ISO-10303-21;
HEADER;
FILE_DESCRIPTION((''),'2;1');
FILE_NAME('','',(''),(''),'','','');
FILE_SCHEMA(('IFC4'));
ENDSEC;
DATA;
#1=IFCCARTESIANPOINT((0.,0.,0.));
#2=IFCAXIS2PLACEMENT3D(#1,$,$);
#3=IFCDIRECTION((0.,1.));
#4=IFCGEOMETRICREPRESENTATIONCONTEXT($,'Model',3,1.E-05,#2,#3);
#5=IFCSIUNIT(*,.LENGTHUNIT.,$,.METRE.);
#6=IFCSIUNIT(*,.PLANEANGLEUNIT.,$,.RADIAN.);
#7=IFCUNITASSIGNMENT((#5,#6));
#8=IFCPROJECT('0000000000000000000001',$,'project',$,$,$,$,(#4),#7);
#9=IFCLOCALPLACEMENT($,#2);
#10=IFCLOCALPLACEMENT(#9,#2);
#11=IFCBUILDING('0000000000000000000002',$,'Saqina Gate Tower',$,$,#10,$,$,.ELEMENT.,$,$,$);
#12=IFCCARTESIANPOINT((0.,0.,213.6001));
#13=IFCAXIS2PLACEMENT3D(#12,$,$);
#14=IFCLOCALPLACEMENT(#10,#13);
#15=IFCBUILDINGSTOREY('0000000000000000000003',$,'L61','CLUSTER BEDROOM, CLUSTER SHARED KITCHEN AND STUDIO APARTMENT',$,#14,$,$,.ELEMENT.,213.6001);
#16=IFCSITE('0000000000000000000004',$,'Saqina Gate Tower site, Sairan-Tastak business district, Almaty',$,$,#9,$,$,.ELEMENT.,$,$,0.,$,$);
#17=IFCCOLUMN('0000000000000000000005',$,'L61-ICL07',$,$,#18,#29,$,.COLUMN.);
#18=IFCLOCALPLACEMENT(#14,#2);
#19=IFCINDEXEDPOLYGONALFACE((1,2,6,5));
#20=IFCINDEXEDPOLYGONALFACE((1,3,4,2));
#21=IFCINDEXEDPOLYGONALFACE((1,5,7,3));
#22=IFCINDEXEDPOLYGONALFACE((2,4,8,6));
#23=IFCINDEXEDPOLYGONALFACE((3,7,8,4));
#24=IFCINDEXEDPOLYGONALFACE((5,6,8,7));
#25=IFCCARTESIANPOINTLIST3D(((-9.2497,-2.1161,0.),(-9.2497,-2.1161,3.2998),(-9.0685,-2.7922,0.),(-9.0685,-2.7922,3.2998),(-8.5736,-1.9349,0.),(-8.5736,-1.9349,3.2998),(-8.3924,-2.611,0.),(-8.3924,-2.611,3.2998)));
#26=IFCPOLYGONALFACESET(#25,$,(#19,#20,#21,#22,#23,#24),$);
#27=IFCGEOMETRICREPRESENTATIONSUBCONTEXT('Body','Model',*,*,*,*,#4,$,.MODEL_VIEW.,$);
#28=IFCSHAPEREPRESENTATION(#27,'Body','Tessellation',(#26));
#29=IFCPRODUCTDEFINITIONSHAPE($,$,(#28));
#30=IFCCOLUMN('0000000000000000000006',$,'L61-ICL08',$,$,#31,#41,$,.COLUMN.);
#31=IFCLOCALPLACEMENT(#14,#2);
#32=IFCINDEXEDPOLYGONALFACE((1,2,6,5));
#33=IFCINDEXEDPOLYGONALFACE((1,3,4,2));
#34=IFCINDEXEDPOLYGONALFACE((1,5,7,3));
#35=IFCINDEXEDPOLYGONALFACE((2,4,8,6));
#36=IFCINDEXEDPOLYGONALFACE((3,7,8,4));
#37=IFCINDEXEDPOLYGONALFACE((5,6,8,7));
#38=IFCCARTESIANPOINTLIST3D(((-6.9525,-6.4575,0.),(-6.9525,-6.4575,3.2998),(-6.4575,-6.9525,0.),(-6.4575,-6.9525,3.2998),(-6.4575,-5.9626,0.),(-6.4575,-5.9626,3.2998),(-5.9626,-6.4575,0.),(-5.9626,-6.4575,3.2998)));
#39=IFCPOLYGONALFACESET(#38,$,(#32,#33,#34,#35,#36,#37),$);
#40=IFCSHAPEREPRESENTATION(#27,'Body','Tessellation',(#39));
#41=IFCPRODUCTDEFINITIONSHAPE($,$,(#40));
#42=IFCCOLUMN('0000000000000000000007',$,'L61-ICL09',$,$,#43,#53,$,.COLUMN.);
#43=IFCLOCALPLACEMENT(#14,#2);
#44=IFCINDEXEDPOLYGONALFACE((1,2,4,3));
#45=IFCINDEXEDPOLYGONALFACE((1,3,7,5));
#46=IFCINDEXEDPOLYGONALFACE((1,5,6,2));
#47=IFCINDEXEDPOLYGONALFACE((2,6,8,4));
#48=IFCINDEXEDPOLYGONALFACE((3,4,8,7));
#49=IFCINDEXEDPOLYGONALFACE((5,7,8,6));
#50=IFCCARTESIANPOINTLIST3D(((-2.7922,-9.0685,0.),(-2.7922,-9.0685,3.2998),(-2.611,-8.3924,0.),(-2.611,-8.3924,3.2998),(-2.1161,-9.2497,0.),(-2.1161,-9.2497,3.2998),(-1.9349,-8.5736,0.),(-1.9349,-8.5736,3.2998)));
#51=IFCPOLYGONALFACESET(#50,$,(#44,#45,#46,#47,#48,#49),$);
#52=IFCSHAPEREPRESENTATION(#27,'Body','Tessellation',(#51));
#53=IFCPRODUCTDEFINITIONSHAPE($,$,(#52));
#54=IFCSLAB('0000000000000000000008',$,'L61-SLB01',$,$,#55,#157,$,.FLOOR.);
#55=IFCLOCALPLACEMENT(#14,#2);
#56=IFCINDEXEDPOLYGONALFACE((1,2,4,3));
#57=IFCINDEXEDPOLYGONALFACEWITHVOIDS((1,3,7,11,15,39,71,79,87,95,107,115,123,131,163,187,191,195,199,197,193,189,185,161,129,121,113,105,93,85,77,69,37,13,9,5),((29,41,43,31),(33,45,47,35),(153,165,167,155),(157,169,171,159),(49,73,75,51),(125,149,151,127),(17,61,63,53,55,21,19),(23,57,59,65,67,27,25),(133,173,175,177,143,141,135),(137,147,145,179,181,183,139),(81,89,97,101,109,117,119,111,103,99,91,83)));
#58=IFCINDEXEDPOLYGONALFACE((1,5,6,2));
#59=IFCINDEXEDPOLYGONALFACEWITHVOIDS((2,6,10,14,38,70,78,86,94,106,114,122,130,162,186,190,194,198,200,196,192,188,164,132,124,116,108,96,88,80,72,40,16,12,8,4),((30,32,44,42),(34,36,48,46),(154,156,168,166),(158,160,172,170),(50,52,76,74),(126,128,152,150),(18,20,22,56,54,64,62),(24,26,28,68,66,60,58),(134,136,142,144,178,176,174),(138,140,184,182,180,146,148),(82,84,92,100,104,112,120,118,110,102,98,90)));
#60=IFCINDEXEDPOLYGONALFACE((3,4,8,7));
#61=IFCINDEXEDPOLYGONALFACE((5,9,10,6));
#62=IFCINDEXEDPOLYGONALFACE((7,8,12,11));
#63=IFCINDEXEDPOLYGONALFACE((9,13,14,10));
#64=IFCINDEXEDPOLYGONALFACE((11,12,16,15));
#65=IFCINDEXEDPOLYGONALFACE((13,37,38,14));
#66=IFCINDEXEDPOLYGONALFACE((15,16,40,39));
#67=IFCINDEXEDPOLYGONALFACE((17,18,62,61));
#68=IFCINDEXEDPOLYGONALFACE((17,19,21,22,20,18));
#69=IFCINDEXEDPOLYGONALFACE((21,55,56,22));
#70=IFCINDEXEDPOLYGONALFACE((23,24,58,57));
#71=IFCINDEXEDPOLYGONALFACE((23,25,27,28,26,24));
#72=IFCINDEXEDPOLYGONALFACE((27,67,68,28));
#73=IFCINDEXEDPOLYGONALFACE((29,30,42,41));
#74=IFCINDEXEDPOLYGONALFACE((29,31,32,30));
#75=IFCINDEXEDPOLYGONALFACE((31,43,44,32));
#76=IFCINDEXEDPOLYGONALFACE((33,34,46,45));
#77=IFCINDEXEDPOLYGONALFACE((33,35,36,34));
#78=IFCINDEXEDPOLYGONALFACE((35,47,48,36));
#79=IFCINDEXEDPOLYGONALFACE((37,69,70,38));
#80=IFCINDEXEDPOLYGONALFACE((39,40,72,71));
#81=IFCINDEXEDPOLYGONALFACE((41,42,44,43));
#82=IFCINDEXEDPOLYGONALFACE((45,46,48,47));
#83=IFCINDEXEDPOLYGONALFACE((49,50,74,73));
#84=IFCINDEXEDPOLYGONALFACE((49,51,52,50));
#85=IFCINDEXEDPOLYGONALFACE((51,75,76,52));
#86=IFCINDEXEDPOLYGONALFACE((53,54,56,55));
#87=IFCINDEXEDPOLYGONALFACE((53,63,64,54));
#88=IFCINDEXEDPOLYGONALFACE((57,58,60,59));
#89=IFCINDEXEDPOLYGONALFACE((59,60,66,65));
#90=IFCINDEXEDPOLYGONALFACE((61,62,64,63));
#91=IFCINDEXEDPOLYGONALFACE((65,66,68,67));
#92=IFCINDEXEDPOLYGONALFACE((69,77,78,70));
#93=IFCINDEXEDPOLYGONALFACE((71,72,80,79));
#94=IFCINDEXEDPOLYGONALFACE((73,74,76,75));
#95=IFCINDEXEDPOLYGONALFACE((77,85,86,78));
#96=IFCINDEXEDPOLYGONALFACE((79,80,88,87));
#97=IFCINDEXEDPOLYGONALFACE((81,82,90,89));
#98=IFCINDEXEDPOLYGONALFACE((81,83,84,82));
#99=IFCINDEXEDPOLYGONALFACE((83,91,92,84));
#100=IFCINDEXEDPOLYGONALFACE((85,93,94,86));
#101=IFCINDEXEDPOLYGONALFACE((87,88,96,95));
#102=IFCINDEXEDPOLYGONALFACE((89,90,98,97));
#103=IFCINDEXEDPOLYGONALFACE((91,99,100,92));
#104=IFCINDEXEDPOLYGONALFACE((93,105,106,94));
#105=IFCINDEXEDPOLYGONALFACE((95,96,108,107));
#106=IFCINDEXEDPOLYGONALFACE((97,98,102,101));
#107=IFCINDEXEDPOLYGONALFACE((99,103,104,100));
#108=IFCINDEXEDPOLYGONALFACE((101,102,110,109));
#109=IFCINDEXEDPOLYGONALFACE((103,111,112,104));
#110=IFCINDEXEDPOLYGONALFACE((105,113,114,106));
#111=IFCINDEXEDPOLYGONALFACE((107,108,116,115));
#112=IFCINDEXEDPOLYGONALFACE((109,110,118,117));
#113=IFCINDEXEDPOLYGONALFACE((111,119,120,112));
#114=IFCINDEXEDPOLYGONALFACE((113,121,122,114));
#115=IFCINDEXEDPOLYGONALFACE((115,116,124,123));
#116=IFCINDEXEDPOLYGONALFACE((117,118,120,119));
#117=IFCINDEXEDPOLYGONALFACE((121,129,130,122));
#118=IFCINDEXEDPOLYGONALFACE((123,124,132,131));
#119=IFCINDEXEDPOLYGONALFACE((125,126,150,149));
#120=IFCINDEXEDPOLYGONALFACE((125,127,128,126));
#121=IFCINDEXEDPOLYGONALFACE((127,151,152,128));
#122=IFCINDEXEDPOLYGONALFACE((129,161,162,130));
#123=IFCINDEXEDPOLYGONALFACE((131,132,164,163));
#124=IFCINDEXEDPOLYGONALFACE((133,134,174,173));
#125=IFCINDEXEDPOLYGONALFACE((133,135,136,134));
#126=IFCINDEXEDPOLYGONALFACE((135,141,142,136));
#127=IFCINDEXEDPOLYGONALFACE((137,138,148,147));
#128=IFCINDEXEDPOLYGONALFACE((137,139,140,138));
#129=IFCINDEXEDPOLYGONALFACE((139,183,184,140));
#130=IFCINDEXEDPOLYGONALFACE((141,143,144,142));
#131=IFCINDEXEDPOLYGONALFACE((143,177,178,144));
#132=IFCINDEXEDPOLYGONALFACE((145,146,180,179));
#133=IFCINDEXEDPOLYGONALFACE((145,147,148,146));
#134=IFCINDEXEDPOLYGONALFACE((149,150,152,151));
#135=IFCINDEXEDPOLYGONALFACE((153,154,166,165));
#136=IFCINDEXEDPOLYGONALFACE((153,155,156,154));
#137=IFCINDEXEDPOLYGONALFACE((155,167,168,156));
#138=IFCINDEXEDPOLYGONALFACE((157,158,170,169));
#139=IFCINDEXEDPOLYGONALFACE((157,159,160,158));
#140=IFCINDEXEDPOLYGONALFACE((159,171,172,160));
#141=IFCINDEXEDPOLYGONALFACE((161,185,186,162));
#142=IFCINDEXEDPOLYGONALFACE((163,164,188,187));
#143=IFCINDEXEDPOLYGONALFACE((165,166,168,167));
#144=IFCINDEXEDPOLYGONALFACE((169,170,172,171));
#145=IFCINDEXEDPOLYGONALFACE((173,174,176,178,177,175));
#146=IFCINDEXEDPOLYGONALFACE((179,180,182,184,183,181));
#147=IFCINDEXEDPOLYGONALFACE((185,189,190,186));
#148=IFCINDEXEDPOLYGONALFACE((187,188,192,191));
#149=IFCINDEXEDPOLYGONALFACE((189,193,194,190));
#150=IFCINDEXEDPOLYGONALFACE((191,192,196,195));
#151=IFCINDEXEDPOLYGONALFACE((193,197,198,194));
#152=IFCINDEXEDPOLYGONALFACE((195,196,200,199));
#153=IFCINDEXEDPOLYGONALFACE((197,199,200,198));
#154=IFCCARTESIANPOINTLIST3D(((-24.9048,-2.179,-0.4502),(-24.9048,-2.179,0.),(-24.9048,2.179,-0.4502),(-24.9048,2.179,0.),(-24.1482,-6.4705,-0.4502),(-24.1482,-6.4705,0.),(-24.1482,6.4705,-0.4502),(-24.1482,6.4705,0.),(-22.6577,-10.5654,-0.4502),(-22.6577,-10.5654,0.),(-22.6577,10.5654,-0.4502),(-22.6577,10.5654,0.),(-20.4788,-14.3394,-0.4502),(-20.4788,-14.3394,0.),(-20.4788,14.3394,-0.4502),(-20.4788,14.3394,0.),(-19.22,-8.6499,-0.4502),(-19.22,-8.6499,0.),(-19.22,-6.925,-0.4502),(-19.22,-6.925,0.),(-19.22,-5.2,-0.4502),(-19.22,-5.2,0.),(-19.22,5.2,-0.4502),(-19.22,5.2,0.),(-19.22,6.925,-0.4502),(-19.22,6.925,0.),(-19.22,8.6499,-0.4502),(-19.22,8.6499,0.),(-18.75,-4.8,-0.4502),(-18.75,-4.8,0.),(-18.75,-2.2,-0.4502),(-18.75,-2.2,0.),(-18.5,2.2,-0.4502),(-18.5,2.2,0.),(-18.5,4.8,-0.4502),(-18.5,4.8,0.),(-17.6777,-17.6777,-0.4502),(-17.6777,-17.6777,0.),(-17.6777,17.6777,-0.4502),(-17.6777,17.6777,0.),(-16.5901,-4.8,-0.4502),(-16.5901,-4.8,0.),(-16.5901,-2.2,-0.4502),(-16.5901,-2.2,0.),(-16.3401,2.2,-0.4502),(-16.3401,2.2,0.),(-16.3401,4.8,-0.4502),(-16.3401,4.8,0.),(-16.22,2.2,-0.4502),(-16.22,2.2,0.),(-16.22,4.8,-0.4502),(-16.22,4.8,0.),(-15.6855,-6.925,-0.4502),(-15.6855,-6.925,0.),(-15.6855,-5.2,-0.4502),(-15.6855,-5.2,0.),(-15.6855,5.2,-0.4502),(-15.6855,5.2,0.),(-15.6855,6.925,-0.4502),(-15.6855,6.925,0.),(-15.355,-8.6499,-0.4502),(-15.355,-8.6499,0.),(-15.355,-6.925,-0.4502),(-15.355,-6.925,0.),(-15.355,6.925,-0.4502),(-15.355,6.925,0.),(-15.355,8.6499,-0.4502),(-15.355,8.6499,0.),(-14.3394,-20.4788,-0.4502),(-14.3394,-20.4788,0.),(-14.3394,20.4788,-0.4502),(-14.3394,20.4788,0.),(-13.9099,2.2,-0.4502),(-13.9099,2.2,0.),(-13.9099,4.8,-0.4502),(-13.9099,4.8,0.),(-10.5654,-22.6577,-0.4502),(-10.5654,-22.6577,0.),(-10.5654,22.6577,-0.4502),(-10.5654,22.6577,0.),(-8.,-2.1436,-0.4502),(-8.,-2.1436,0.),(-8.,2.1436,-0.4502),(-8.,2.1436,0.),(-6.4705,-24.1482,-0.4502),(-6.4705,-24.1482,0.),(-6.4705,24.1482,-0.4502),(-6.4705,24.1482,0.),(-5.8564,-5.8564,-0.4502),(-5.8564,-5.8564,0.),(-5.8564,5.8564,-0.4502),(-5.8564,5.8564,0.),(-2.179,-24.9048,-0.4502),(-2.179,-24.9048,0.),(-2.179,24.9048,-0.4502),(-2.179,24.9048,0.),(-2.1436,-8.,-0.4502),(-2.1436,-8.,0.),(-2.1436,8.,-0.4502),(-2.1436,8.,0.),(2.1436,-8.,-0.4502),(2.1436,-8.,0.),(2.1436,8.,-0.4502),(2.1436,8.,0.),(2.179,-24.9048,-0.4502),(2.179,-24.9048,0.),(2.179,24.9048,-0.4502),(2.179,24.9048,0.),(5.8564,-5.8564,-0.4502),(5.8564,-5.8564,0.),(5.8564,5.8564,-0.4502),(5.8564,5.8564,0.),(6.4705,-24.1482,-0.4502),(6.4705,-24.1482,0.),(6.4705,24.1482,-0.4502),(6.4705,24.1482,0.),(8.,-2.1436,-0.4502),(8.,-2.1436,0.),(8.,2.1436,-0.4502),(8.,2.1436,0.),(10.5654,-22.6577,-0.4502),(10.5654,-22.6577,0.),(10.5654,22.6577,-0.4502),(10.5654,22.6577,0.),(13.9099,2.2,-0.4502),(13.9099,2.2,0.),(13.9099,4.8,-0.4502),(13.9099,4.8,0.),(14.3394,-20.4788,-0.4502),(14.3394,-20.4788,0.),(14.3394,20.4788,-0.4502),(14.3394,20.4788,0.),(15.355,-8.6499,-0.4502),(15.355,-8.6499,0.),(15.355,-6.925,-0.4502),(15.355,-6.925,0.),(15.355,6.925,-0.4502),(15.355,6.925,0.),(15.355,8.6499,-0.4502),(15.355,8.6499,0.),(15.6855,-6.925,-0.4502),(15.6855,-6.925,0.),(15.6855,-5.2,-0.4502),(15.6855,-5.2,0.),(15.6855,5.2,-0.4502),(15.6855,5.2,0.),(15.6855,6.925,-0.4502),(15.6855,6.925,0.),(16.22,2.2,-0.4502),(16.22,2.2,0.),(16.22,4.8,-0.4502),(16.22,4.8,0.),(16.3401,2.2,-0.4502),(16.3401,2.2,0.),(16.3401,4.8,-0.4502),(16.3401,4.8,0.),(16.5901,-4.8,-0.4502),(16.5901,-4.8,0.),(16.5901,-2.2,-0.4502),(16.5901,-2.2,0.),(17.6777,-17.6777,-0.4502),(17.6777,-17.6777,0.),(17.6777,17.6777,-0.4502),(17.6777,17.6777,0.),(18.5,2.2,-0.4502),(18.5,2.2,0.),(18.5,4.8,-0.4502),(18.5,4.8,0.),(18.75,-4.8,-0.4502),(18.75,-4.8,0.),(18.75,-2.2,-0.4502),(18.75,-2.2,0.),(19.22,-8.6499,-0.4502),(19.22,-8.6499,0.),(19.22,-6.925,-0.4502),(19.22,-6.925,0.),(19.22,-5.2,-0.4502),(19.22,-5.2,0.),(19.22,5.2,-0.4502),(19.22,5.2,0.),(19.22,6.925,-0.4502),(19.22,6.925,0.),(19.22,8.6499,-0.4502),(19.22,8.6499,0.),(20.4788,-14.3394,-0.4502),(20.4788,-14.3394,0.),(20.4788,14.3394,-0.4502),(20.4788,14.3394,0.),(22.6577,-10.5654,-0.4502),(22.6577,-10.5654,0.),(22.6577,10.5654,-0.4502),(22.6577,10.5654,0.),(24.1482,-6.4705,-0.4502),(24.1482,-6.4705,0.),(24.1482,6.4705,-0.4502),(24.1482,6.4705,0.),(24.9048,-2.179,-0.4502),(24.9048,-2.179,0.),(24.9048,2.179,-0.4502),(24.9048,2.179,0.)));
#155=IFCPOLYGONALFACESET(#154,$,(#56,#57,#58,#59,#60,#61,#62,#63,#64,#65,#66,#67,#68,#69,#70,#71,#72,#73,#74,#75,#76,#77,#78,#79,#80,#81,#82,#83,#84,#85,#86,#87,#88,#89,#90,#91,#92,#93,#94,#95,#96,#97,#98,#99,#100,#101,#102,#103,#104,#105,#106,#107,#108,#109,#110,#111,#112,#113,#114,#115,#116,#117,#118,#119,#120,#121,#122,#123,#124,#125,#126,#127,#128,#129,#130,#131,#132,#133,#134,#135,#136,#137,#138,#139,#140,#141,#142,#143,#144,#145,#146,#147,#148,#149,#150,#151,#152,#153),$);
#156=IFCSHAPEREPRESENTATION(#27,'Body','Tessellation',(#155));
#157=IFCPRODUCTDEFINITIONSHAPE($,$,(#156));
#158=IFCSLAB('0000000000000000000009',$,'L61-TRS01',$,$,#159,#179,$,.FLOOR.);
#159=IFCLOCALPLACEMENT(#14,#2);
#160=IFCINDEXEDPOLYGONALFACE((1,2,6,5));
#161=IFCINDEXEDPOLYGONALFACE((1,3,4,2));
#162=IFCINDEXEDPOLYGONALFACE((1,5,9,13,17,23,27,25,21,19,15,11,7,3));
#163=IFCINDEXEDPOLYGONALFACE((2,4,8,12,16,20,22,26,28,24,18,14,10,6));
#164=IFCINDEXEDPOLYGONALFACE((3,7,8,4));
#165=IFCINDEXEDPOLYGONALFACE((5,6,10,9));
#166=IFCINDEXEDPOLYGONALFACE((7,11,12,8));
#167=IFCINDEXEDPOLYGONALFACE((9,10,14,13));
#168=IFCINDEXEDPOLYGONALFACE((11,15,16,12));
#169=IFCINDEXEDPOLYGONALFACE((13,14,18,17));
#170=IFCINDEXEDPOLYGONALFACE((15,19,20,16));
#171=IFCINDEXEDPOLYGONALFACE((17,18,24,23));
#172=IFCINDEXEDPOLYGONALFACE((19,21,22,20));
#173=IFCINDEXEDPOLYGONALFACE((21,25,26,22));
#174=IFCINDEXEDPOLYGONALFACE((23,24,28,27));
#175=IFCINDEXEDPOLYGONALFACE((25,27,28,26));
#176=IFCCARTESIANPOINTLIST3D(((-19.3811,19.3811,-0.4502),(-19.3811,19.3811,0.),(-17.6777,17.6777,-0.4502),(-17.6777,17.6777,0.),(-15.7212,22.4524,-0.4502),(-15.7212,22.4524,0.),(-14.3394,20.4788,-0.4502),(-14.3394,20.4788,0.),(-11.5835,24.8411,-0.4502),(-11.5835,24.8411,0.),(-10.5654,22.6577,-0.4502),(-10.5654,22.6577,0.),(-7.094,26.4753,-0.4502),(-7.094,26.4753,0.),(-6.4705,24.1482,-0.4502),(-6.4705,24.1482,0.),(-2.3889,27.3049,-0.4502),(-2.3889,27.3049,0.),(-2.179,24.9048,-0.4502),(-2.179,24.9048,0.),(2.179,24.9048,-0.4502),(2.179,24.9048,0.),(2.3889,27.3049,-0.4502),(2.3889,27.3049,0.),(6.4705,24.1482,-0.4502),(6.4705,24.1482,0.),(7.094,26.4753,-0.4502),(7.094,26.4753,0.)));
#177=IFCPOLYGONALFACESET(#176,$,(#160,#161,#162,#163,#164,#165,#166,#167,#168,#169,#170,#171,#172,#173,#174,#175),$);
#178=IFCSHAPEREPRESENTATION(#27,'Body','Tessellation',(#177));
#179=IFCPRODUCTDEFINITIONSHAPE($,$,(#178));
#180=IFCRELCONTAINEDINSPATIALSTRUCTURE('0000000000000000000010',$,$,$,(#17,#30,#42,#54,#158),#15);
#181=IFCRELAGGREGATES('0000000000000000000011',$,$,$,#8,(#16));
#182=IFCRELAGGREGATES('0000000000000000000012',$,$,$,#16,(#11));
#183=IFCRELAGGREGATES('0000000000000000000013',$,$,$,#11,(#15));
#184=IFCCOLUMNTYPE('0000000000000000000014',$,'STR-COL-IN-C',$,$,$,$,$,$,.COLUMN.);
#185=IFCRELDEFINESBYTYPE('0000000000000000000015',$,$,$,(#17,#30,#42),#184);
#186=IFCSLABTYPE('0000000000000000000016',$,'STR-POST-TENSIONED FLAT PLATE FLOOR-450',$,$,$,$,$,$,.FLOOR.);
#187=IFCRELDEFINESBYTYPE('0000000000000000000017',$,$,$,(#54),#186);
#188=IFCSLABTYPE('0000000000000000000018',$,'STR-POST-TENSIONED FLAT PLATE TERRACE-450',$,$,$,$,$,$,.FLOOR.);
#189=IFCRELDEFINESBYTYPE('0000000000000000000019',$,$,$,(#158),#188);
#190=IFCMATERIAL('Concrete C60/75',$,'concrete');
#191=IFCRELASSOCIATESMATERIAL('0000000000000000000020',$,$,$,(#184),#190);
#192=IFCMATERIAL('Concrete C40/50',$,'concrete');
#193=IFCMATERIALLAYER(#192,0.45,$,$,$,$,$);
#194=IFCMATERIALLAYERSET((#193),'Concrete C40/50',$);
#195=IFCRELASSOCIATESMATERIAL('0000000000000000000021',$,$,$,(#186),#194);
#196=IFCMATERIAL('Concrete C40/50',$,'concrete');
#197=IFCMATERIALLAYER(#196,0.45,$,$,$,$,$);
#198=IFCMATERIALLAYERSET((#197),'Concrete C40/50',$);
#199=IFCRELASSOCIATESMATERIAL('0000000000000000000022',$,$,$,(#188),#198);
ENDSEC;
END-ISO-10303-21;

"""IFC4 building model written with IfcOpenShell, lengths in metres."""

from ifc_helpers import new_model, si_unit, direction, frame, origin, origin_2d, place, context, subcontext, project, spatial, polyline, rectangle, outline, extrude, material, layer, layer_set, material_profile, profile_set, type_object, element, save


model = new_model("IFC4")

# Units and contexts
model_context = context("Model", 3, precision=1e-05, world=origin(), true_north=direction((0.0, 1.0)))
body_context = subcontext(model_context, "Body", "Model", "MODEL_VIEW")
ifc_project = project(units=[si_unit("LENGTHUNIT", "METRE"), si_unit("PLANEANGLEUNIT", "RADIAN")], contexts=[model_context])

# Site, building, storey
site_placement = place(None, origin())
site = spatial("IfcSite", under=ifc_project, at=site_placement, Name="Saqina Gate Tower site, Sairan-Tastak business district, Almaty", CompositionType="ELEMENT", RefElevation=0.0)
building_placement = place(site_placement, origin())
building = spatial("IfcBuilding", under=site, at=building_placement, Name="Saqina Gate Tower", CompositionType="ELEMENT")
storey_placement = place(building_placement, frame((0.0, 0.0, 213.6001)))
storey = spatial("IfcBuildingStorey", under=building, at=storey_placement, Name="L61", Description="CLUSTER BEDROOM, CLUSTER SHARED KITCHEN AND STUDIO APARTMENT", CompositionType="ELEMENT", Elevation=213.6001)

# Columns
ifc_material_1 = material(Name="Concrete C60/75", Category="concrete")
ifc_material_profile = material_profile(ifc_material_1, rectangle(XDim=0.7, YDim=0.7, at=origin_2d()), Name="RC 700x700")
ifc_profile_set = profile_set([ifc_material_profile], Name="Concrete C60/75")
column_type = type_object("IfcColumnType", Name="STR-COL-IN-C", PredefinedType="COLUMN", material=ifc_profile_set)
for number, where, z_axis, x_axis, name in (
    (1, (-8.821, -2.3635, 0.0), (0.0, 0.0, 1.0), (-0.965926, -0.258819, 0.0), "L61-ICL07"),
    (2, (-6.4575, -6.4575, 0.0), (0.0, 0.0, 1.0), (-0.707107, -0.707107, 0.0), "L61-ICL08"),
    (3, (-2.3635, -8.821, 0.0), (0.0, 0.0, 1.0), (-0.258819, -0.965926, 0.0), "L61-ICL09"),
):
    element("IfcColumn", number, at=place(storey_placement, frame(where, z_axis=z_axis, x_axis=x_axis)), inside=storey, type_object=column_type, Name=name, PredefinedType="COLUMN", context=body_context, shape_type="SweptSolid", body=[
        extrude(rectangle(XDim=0.7, YDim=0.7, at=origin_2d()), origin(), (0.0, 0.0, 1.0), 3.2998),
    ])

# Slabs
ifc_material_2 = material(Name="Concrete C40/50", Category="concrete")
ifc_layer_1 = layer(ifc_material_2, 0.45)
ifc_layer_set_1 = layer_set([ifc_layer_1], Name="Concrete C40/50")
slab_type_1 = type_object("IfcSlabType", Name="STR-POST-TENSIONED FLAT PLATE FLOOR-450", PredefinedType="FLOOR", material=ifc_layer_set_1)
slab_1_placement = place(storey_placement, frame((0.0, 0.0, -0.4502)))
element("IfcSlab", 4, at=slab_1_placement, inside=storey, type_object=slab_type_1, Name="L61-SLB01", PredefinedType="FLOOR", context=body_context, shape_type="SweptSolid", body=[
    extrude(outline(polyline([(24.1482, -6.4705), (24.9048, -2.179), (24.9048, 2.179), (24.1482, 6.4705), (22.6577, 10.5654), (20.4788, 14.3394), (17.6777, 17.6777), (14.3394, 20.4788), (10.5654, 22.6577), (6.4705, 24.1482), (2.179, 24.9048), (-2.179, 24.9048), (-6.4705, 24.1482), (-10.5654, 22.6577), (-14.3394, 20.4788), (-17.6777, 17.6777), (-20.4788, 14.3394), (-22.6577, 10.5654), (-24.1482, 6.4705), (-24.9048, 2.179), (-24.9048, -2.179), (-24.1482, -6.4705), (-22.6577, -10.5654), (-20.4788, -14.3394), (-17.6777, -17.6777), (-14.3394, -20.4788), (-10.5654, -22.6577), (-6.4705, -24.1482), (-2.179, -24.9048), (2.179, -24.9048), (6.4705, -24.1482), (10.5654, -22.6577), (14.3394, -20.4788), (17.6777, -17.6777), (20.4788, -14.3394), (22.6577, -10.5654), (24.1482, -6.4705)]), holes=[polyline([(2.1436, 8.0), (5.8564, 5.8564), (8.0, 2.1436), (8.0, -2.1436), (5.8564, -5.8564), (2.1436, -8.0), (-2.1436, -8.0), (-5.8564, -5.8564), (-8.0, -2.1436), (-8.0, 2.1436), (-5.8564, 5.8564), (-2.1436, 8.0), (2.1436, 8.0)]), polyline([(-15.355, -8.6499), (-19.22, -8.6499), (-19.22, -6.925), (-19.22, -5.2), (-15.6855, -5.2), (-15.6855, -6.925), (-15.355, -6.925), (-15.355, -8.6499)]), polyline([(-16.5901, -2.2), (-16.5901, -4.8), (-18.75, -4.8), (-18.75, -2.2), (-16.5901, -2.2)]), polyline([(-16.3401, 4.8), (-16.3401, 2.2), (-18.5, 2.2), (-18.5, 4.8), (-16.3401, 4.8)]), polyline([(-13.9099, 4.8), (-13.9099, 2.2), (-16.22, 2.2), (-16.22, 4.8), (-13.9099, 4.8)]), polyline([(-19.22, 6.925), (-19.22, 8.6499), (-15.355, 8.6499), (-15.355, 6.925), (-15.6855, 6.925), (-15.6855, 5.2), (-19.22, 5.2), (-19.22, 6.925)]), polyline([(15.355, -8.6499), (15.355, -6.925), (15.6855, -6.925), (15.6855, -5.2), (19.22, -5.2), (19.22, -6.925), (19.22, -8.6499), (15.355, -8.6499)]), polyline([(18.75, -2.2), (18.75, -4.8), (16.5901, -4.8), (16.5901, -2.2), (18.75, -2.2)]), polyline([(16.22, 4.8), (16.22, 2.2), (13.9099, 2.2), (13.9099, 4.8), (16.22, 4.8)]), polyline([(18.5, 4.8), (18.5, 2.2), (16.3401, 2.2), (16.3401, 4.8), (18.5, 4.8)]), polyline([(15.6855, 6.925), (15.355, 6.925), (15.355, 8.6499), (19.22, 8.6499), (19.22, 6.925), (19.22, 5.2), (15.6855, 5.2), (15.6855, 6.925)])]), origin(), (0.0, 0.0, 1.0), 0.4502),
])
ifc_material_3 = material(Name="Concrete C40/50", Category="concrete")
ifc_layer_2 = layer(ifc_material_3, 0.45)
ifc_layer_set_2 = layer_set([ifc_layer_2], Name="Concrete C40/50")
slab_type_2 = type_object("IfcSlabType", Name="STR-POST-TENSIONED FLAT PLATE TERRACE-450", PredefinedType="FLOOR", material=ifc_layer_set_2)
slab_2_placement = place(storey_placement, frame((0.0, 0.0, -0.4502)))
element("IfcSlab", 5, at=slab_2_placement, inside=storey, type_object=slab_type_2, Name="L61-TRS01", PredefinedType="FLOOR", context=body_context, shape_type="SweptSolid", body=[
    extrude(outline(polyline([(6.4705, 24.1482), (2.179, 24.9048), (-2.179, 24.9048), (-6.4705, 24.1482), (-10.5654, 22.6577), (-14.3394, 20.4788), (-17.6777, 17.6777), (-19.3811, 19.3811), (-15.7212, 22.4524), (-11.5835, 24.8411), (-7.094, 26.4753), (-2.3889, 27.3049), (2.3889, 27.3049), (7.094, 26.4753), (6.4705, 24.1482)])), origin(), (0.0, 0.0, 1.0), 0.4502),
])

save(model, "model.ifc")
